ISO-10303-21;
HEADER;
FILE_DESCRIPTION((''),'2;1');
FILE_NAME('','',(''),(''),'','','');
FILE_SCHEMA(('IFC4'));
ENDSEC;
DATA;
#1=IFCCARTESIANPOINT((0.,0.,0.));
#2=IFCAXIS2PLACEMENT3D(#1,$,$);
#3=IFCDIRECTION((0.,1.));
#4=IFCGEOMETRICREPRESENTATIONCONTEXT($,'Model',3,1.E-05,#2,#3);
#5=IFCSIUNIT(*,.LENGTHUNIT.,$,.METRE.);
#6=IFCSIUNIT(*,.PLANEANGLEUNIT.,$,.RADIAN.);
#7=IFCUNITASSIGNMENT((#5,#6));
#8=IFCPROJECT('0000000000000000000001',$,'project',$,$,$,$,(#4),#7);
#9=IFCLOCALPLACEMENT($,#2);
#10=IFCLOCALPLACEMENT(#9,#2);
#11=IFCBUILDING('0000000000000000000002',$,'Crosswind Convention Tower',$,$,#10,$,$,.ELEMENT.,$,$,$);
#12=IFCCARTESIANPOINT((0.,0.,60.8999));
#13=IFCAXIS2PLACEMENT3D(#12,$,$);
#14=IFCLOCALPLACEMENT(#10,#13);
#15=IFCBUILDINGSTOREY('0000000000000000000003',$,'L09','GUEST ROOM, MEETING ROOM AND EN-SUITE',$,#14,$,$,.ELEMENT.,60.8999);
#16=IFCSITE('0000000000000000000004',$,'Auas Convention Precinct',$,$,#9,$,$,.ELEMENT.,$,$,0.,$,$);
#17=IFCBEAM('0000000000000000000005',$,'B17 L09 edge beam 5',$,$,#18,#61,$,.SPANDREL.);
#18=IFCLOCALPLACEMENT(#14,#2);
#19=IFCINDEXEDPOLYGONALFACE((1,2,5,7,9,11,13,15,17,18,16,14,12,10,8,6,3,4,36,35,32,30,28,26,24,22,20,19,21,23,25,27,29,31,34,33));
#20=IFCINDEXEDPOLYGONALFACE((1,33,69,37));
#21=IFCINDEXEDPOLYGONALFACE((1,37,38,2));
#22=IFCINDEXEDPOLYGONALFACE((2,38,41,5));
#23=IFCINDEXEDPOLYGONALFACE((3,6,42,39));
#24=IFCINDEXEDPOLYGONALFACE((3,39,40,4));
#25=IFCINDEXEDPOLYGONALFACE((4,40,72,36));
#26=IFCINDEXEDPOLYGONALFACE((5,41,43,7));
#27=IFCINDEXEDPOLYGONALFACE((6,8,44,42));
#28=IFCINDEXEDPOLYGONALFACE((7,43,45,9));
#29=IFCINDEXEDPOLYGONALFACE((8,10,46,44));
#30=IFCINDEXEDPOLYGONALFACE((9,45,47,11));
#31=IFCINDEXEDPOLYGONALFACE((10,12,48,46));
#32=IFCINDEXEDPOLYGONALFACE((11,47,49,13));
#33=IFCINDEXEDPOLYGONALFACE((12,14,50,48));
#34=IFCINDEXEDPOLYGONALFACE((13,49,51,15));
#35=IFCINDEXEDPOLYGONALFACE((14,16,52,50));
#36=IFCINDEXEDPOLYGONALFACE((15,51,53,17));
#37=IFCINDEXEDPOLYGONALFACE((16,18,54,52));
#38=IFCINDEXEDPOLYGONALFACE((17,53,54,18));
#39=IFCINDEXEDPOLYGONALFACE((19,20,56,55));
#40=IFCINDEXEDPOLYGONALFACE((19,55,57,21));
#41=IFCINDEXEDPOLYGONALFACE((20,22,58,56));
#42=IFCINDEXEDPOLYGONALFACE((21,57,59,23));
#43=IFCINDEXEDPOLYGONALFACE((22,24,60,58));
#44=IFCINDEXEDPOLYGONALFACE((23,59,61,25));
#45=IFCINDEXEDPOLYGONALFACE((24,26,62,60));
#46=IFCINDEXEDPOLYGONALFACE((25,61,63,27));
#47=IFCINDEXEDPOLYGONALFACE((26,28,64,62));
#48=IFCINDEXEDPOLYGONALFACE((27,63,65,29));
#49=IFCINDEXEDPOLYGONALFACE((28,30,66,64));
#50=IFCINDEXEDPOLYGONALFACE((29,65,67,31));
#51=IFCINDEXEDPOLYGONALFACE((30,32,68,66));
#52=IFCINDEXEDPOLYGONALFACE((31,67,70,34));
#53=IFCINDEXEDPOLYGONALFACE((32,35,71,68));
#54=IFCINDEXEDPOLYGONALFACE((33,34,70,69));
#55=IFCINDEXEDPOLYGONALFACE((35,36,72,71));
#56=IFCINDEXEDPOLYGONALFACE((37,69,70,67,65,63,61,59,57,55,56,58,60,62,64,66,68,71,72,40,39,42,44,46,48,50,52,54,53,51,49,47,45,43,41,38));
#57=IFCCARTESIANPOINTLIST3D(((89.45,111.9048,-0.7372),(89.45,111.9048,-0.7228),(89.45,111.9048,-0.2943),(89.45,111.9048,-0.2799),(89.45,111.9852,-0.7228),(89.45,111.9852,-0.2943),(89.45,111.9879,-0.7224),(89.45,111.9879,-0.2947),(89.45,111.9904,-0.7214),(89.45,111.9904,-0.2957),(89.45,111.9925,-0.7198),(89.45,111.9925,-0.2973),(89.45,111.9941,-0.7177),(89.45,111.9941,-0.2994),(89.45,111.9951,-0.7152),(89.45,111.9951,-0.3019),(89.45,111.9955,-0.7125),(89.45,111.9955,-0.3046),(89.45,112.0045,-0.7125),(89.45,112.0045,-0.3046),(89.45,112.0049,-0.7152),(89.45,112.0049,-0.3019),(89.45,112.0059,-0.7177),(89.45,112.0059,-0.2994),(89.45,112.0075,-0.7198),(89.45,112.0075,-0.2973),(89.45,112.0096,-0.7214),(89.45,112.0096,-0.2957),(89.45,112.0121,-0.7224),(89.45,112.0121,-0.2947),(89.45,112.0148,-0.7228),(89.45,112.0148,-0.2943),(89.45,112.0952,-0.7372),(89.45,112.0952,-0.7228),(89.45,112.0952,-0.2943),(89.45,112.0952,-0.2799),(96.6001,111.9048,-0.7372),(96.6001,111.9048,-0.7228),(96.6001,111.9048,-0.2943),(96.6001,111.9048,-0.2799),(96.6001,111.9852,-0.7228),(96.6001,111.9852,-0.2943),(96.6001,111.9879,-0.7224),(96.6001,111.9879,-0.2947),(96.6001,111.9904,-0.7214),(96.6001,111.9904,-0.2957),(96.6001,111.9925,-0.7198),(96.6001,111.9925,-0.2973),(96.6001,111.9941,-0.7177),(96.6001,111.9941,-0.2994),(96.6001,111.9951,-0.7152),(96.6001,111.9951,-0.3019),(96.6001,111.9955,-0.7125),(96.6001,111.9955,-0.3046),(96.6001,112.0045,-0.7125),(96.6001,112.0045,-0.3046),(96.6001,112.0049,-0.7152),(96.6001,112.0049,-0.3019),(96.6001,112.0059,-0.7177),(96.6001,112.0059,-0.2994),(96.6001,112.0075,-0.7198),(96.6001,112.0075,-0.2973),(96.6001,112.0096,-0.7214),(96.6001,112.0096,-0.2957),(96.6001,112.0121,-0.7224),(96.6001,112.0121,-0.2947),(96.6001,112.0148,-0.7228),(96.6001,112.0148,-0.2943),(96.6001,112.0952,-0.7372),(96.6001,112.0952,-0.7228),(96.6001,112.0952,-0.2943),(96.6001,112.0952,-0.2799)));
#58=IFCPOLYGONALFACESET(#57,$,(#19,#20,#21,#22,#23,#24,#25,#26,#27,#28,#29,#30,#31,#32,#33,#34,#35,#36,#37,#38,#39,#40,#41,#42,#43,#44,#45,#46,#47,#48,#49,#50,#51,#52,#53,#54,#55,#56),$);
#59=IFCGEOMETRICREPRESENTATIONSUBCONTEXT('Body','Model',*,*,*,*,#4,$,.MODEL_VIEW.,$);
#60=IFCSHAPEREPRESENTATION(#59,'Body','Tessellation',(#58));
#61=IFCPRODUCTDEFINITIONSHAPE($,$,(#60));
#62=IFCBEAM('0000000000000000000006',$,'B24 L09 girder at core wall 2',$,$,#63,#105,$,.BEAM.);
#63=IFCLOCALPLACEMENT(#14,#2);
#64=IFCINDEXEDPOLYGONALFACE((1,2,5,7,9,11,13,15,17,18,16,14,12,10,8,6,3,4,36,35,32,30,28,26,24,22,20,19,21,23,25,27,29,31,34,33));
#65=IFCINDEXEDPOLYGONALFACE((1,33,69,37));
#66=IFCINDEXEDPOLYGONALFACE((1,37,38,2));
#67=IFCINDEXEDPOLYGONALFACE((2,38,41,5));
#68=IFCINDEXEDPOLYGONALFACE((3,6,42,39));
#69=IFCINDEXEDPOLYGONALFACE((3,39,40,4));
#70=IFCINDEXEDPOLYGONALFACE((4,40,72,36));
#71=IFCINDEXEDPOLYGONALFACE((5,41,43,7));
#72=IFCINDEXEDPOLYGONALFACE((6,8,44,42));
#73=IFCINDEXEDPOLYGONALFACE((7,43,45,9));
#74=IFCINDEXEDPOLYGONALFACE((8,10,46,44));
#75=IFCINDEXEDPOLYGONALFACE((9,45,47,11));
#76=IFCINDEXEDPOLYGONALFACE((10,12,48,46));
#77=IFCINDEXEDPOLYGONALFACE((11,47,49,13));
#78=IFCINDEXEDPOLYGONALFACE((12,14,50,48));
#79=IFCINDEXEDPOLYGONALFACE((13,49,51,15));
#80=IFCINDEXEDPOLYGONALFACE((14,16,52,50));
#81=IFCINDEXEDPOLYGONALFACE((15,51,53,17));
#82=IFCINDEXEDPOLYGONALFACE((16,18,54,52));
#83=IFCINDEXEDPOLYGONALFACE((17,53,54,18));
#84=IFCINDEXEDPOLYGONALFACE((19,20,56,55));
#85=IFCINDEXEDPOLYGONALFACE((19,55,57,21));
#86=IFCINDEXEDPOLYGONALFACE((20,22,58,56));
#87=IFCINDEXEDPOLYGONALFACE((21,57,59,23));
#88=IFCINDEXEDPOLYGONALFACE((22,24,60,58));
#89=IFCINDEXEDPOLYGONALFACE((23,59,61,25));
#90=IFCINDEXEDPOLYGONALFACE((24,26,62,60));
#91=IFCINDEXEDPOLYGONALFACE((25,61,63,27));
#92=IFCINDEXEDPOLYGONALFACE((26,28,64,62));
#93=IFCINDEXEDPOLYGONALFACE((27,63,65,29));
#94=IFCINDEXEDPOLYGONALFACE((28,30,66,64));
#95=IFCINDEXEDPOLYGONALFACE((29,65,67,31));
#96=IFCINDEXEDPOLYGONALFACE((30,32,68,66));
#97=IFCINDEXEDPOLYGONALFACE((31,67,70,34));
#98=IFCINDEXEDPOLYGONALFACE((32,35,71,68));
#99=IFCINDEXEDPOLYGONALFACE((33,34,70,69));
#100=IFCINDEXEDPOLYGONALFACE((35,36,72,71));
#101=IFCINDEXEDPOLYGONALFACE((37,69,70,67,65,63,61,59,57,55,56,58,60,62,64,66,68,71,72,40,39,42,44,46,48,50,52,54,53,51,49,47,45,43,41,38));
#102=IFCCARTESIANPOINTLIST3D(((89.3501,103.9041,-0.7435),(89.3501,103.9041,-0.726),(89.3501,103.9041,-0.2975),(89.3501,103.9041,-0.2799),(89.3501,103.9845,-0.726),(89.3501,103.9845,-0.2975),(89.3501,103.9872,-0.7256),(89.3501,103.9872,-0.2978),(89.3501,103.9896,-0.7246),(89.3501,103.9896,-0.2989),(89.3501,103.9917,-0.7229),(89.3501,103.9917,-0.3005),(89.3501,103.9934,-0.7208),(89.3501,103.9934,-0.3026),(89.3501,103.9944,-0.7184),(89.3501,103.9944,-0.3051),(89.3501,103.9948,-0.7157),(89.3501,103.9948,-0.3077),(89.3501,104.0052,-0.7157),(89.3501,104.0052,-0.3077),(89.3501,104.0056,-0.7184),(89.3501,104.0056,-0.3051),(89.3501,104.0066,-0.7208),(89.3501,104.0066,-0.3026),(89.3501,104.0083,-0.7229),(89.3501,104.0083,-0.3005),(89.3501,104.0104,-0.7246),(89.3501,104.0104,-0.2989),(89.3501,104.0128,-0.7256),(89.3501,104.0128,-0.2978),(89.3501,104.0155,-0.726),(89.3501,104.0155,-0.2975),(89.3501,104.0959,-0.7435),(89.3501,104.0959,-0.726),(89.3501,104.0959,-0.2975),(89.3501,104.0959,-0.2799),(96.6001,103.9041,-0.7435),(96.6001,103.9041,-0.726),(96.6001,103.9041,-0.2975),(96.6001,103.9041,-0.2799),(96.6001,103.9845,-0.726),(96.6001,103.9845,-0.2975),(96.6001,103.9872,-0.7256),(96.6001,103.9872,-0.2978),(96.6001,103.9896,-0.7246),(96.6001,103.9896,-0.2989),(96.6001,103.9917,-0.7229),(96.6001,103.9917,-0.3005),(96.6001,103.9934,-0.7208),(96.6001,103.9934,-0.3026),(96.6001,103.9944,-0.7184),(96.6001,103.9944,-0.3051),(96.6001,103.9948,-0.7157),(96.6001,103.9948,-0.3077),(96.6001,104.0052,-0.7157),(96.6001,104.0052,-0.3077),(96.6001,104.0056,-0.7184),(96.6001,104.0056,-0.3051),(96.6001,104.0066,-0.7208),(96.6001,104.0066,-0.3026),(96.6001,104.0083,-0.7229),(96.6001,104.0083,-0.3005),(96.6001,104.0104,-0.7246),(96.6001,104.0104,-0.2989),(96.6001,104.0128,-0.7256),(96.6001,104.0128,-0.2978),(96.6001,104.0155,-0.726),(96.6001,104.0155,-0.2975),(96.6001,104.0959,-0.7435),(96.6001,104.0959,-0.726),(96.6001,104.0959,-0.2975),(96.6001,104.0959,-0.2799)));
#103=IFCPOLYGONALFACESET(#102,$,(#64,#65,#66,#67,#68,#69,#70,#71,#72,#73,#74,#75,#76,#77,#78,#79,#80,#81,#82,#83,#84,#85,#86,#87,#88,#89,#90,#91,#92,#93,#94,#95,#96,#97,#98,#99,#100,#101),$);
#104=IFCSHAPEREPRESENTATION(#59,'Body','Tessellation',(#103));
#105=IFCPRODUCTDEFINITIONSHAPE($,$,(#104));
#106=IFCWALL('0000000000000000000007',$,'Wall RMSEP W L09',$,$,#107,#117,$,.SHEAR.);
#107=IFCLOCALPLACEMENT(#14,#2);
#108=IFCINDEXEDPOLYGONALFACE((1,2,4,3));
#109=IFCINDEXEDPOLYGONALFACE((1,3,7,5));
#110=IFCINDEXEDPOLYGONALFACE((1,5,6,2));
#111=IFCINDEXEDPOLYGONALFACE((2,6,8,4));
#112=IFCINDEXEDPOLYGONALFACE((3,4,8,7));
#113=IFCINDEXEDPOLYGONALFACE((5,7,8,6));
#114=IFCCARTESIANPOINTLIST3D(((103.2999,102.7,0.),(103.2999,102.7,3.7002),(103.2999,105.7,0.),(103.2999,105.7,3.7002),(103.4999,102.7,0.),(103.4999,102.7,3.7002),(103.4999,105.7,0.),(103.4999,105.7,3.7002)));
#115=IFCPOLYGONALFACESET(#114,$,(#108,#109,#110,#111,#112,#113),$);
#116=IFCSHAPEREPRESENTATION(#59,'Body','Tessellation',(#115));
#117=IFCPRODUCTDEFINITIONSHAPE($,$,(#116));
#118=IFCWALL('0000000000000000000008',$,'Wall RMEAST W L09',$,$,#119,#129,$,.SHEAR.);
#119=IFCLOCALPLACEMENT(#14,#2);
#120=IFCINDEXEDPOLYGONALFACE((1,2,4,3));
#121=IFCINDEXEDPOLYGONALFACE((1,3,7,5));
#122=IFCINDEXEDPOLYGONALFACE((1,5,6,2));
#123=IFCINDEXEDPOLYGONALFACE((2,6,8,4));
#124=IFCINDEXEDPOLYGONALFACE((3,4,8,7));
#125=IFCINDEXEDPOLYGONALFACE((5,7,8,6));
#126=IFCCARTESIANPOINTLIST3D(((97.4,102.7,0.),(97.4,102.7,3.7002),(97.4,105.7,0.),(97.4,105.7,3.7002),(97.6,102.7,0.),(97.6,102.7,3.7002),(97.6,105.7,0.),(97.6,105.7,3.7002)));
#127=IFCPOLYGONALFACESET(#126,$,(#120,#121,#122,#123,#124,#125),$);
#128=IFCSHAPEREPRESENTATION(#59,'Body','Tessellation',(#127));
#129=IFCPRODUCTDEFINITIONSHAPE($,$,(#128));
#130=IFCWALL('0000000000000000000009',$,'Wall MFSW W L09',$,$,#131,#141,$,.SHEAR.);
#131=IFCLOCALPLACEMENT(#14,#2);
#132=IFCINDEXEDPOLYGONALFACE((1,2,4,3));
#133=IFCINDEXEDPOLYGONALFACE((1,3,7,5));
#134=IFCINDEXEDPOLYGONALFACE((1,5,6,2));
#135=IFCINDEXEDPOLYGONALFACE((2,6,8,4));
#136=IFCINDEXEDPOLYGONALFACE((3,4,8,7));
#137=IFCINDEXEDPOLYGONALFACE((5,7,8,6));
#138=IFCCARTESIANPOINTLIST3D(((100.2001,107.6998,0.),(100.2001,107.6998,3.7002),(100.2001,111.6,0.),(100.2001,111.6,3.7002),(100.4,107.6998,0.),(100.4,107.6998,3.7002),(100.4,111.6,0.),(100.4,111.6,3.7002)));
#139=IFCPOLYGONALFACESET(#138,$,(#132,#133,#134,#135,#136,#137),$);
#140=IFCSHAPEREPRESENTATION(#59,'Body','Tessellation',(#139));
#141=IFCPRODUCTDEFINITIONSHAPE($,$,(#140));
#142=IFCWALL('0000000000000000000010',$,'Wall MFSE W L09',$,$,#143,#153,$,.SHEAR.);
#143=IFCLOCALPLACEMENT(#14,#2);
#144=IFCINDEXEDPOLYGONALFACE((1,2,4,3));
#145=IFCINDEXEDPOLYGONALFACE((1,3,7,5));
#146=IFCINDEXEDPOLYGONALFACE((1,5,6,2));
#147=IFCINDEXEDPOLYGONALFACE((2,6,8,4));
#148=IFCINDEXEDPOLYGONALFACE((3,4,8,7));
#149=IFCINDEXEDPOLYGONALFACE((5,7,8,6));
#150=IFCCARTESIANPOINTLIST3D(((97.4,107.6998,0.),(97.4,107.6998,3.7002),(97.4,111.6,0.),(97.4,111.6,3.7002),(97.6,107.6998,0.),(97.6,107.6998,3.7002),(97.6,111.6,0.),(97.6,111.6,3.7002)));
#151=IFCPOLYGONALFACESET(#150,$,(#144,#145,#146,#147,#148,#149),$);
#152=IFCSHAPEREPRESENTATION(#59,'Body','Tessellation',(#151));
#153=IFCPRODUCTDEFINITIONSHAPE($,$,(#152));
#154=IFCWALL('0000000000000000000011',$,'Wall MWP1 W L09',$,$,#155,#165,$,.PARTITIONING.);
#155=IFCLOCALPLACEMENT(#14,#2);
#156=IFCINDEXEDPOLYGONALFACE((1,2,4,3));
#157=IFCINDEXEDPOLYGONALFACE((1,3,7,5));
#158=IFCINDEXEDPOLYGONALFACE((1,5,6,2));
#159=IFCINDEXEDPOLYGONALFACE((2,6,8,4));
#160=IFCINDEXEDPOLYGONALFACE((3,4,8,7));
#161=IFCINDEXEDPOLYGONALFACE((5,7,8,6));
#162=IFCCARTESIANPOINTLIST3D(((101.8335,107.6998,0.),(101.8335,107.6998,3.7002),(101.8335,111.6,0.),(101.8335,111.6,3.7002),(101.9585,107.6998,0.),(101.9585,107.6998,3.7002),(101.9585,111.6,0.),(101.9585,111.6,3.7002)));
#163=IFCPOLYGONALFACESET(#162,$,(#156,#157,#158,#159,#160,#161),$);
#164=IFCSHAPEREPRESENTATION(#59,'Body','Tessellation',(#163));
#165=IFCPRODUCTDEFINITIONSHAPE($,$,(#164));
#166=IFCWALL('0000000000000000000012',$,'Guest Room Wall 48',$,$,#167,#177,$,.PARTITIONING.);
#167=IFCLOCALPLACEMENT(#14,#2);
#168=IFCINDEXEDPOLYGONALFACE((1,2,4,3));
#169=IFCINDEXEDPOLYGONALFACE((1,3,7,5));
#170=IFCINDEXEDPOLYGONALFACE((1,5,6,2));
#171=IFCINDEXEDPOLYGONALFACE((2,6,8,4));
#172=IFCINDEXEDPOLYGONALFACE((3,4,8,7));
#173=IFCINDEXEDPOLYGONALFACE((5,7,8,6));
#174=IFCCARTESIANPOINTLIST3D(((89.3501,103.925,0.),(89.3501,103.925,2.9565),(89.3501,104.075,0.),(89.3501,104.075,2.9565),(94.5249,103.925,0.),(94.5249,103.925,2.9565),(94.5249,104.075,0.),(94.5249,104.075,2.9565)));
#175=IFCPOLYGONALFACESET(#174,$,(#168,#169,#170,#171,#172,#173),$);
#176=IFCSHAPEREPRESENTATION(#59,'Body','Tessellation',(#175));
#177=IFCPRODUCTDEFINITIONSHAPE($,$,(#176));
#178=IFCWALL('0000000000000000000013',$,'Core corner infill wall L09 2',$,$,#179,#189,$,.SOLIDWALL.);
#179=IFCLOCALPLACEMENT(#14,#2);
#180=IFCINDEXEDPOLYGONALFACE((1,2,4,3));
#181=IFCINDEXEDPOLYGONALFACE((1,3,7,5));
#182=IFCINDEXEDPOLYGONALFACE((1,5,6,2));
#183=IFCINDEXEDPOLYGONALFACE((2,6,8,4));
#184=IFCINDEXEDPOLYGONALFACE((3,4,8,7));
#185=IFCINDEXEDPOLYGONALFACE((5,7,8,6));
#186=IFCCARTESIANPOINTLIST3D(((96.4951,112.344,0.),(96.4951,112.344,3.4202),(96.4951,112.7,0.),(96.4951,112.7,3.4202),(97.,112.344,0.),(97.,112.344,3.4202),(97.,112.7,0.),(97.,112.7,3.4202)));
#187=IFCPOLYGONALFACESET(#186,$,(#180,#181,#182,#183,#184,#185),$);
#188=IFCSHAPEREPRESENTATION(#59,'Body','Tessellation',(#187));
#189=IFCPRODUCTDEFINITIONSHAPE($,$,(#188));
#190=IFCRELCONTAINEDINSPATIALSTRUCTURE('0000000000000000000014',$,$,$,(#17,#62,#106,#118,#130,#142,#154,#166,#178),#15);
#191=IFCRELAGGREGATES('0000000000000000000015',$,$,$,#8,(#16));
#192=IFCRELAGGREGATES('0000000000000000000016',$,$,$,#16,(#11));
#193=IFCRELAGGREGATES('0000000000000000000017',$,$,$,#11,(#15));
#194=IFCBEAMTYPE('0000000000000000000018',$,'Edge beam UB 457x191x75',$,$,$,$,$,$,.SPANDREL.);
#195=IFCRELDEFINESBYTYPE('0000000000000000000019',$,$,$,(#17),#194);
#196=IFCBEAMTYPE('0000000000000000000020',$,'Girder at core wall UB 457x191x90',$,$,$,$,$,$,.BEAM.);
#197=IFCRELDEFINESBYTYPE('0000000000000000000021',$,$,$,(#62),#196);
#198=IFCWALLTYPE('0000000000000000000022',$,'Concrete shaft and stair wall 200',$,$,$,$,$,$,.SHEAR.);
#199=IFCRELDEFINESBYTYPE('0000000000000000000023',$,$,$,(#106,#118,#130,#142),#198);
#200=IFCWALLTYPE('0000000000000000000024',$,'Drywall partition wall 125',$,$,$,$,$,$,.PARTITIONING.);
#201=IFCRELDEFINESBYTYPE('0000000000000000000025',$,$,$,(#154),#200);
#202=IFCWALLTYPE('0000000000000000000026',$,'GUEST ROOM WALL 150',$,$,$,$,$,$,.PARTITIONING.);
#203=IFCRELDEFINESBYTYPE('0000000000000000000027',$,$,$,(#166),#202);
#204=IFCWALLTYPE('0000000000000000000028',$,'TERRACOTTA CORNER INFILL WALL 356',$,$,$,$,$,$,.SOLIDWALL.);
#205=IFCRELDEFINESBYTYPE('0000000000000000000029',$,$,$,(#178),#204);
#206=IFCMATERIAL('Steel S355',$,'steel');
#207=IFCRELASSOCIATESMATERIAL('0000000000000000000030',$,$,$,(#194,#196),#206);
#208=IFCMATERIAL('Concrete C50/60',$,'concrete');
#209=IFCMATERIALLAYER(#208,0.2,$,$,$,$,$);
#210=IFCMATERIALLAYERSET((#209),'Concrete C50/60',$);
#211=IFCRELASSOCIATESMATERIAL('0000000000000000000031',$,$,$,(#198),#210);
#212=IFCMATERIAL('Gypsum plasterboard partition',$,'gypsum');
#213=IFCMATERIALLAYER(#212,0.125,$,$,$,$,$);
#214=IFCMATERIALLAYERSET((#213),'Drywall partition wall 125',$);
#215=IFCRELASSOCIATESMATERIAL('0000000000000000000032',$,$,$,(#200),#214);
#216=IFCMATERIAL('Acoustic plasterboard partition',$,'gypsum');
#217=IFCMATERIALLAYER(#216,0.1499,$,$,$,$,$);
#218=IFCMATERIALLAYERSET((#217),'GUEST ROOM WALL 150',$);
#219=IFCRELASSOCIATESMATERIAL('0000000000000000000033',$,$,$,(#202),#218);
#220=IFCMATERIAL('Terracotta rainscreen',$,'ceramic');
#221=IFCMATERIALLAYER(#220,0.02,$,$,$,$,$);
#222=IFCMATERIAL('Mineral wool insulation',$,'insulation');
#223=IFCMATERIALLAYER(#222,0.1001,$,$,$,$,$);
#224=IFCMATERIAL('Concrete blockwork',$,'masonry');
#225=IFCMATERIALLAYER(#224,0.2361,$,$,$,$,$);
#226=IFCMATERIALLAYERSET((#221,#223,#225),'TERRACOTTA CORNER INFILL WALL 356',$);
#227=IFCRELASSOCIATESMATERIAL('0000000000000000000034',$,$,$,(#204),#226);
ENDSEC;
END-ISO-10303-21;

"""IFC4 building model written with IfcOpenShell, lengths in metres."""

from ifc_helpers import new_model, si_unit, direction, frame, frame_2d, origin, origin_2d, place, context, subcontext, project, spatial, rectangle, i_section, extrude, material, layer, layer_set, material_profile, profile_set, type_object, element, save


model = new_model("IFC4")

# Units and contexts
model_context = context("Model", 3, precision=1e-05, world=origin(), true_north=direction((0.0, 1.0)))
body_context = subcontext(model_context, "Body", "Model", "MODEL_VIEW")
ifc_project = project(units=[si_unit("LENGTHUNIT", "METRE"), si_unit("PLANEANGLEUNIT", "RADIAN")], contexts=[model_context])

# Site, building, storey
site_placement = place(None, origin())
site = spatial("IfcSite", under=ifc_project, at=site_placement, Name="Auas Convention Precinct", CompositionType="ELEMENT", RefElevation=0.0)
building_placement = place(site_placement, origin())
building = spatial("IfcBuilding", under=site, at=building_placement, Name="Crosswind Convention Tower", CompositionType="ELEMENT")
storey_placement = place(building_placement, frame((0.0, 0.0, 60.8999)))
storey = spatial("IfcBuildingStorey", under=building, at=storey_placement, Name="L09", Description="GUEST ROOM, MEETING ROOM AND EN-SUITE", CompositionType="ELEMENT", Elevation=60.8999)

# Beams
ifc_material_1 = material(Name="Steel S355", Category="steel")
ifc_material_profile_1 = material_profile(ifc_material_1, i_section(OverallWidth=0.1904, OverallDepth=0.4573, WebThickness=0.009, FlangeThickness=0.0144, FilletRadius=0.0103, at=origin_2d()), Name="UB 457x191x75")
ifc_profile_set_1 = profile_set([ifc_material_profile_1], Name="Steel S355")
beam_type_1 = type_object("IfcBeamType", Name="Edge beam UB 457x191x75", PredefinedType="SPANDREL", material=ifc_profile_set_1)
beam_1_placement = place(storey_placement, frame((89.45, 112.0, -0.5085), z_axis=(1.0, 0.0, 0.0), x_axis=(0.0, 1.0, 0.0)))
element("IfcBeam", 1, at=beam_1_placement, inside=storey, type_object=beam_type_1, Name="B17 L09 edge beam 5", PredefinedType="SPANDREL", context=body_context, shape_type="SweptSolid", body=[
    extrude(i_section(OverallWidth=0.1904, OverallDepth=0.4573, WebThickness=0.009, FlangeThickness=0.0144, FilletRadius=0.0103, at=origin_2d()), origin(), (0.0, 0.0, 1.0), 7.1501),
])
ifc_material_profile_2 = material_profile(ifc_material_1, i_section(OverallWidth=0.1919, OverallDepth=0.4636, WebThickness=0.0105, FlangeThickness=0.0176, FilletRadius=0.0103, at=origin_2d()), Name="UB 457x191x90")
ifc_profile_set_2 = profile_set([ifc_material_profile_2], Name="Steel S355")
beam_type_2 = type_object("IfcBeamType", Name="Girder at core wall UB 457x191x90", PredefinedType="BEAM", material=ifc_profile_set_2)
beam_2_placement = place(storey_placement, frame((89.3501, 104.0, -0.5117), z_axis=(1.0, 0.0, 0.0), x_axis=(0.0, 1.0, 0.0)))
element("IfcBeam", 2, at=beam_2_placement, inside=storey, type_object=beam_type_2, Name="B24 L09 girder at core wall 2", PredefinedType="BEAM", context=body_context, shape_type="SweptSolid", body=[
    extrude(i_section(OverallWidth=0.1919, OverallDepth=0.4636, WebThickness=0.0105, FlangeThickness=0.0176, FilletRadius=0.0103, at=origin_2d()), origin(), (0.0, 0.0, 1.0), 7.25),
])

# Walls
ifc_material_2 = material(Name="Concrete C50/60", Category="concrete")
ifc_layer_1 = layer(ifc_material_2, 0.2)
ifc_layer_set_1 = layer_set([ifc_layer_1], Name="Concrete C50/60")
wall_type_1 = type_object("IfcWallType", Name="Concrete shaft and stair wall 200", PredefinedType="SHEAR", material=ifc_layer_set_1)
for number, where, z_axis, x_axis, name in (
    (3, (103.3999, 105.7, 0.0), (0.0, 0.0, 1.0), (0.0, -1.0, 0.0), "Wall RMSEP W L09"),
    (4, (97.5, 105.7, 0.0), (0.0, 0.0, 1.0), (0.0, -1.0, 0.0), "Wall RMEAST W L09"),
):
    element("IfcWall", number, at=place(storey_placement, frame(where, z_axis=z_axis, x_axis=x_axis)), inside=storey, type_object=wall_type_1, Name=name, PredefinedType="SHEAR", context=body_context, shape_type="SweptSolid", body=[
        extrude(rectangle(XDim=3.0, YDim=0.2, at=frame_2d((1.5, 0.0))), origin(), (0.0, 0.0, 1.0), 3.7002),
    ])
for number, where, z_axis, x_axis, name in (
    (5, (100.3, 111.6001, 0.0), (0.0, 0.0, 1.0), (0.0, -1.0, 0.0), "Wall MFSW W L09"),
    (6, (97.5, 111.6001, 0.0), (0.0, 0.0, 1.0), (0.0, -1.0, 0.0), "Wall MFSE W L09"),
):
    element("IfcWall", number, at=place(storey_placement, frame(where, z_axis=z_axis, x_axis=x_axis)), inside=storey, type_object=wall_type_1, Name=name, PredefinedType="SHEAR", context=body_context, shape_type="SweptSolid", body=[
        extrude(rectangle(XDim=3.9001, YDim=0.2, at=frame_2d((1.9502, 0.0))), origin(), (0.0, 0.0, 1.0), 3.7002),
    ])
ifc_material_3 = material(Name="Gypsum plasterboard partition", Category="gypsum")
ifc_layer_2 = layer(ifc_material_3, 0.125)
ifc_layer_set_2 = layer_set([ifc_layer_2], Name="Drywall partition wall 125")
wall_type_2 = type_object("IfcWallType", Name="Drywall partition wall 125", PredefinedType="PARTITIONING", material=ifc_layer_set_2)
wall_1_placement = place(storey_placement, frame((101.896, 111.6001, 0.0), z_axis=(0.0, 0.0, 1.0), x_axis=(0.0, -1.0, 0.0)))
element("IfcWall", 7, at=wall_1_placement, inside=storey, type_object=wall_type_2, Name="Wall MWP1 W L09", PredefinedType="PARTITIONING", context=body_context, shape_type="SweptSolid", body=[
    extrude(rectangle(XDim=3.9001, YDim=0.125, at=frame_2d((1.9502, 0.0))), origin(), (0.0, 0.0, 1.0), 3.7002),
])
ifc_material_4 = material(Name="Acoustic plasterboard partition", Category="gypsum")
ifc_layer_3 = layer(ifc_material_4, 0.1499)
ifc_layer_set_3 = layer_set([ifc_layer_3], Name="GUEST ROOM WALL 150")
wall_type_3 = type_object("IfcWallType", Name="GUEST ROOM WALL 150", PredefinedType="PARTITIONING", material=ifc_layer_set_3)
wall_2_placement = place(storey_placement, frame((89.3501, 104.0, 0.0), z_axis=(0.0, 0.0, 1.0), x_axis=(1.0, 0.0, 0.0)))
element("IfcWall", 8, at=wall_2_placement, inside=storey, type_object=wall_type_3, Name="Guest Room Wall 48", PredefinedType="PARTITIONING", context=body_context, shape_type="SweptSolid", body=[
    extrude(rectangle(XDim=5.1748, YDim=0.1499, at=frame_2d((2.5874, 0.0))), origin(), (0.0, 0.0, 1.0), 2.9565),
])
ifc_material_5 = material(Name="Terracotta rainscreen", Category="ceramic")
ifc_layer_4 = layer(ifc_material_5, 0.02)
ifc_material_6 = material(Name="Mineral wool insulation", Category="insulation")
ifc_layer_5 = layer(ifc_material_6, 0.1001)
ifc_material_7 = material(Name="Concrete blockwork", Category="masonry")
ifc_layer_6 = layer(ifc_material_7, 0.2361)
ifc_layer_set_4 = layer_set([ifc_layer_4, ifc_layer_5, ifc_layer_6], Name="TERRACOTTA CORNER INFILL WALL 356")
wall_type_4 = type_object("IfcWallType", Name="TERRACOTTA CORNER INFILL WALL 356", PredefinedType="SOLIDWALL", material=ifc_layer_set_4)
wall_3_placement = place(storey_placement, frame((96.4951, 112.522, 0.0), z_axis=(0.0, 0.0, 1.0), x_axis=(1.0, 0.0, 0.0)))
element("IfcWall", 9, at=wall_3_placement, inside=storey, type_object=wall_type_4, Name="Core corner infill wall L09 2", PredefinedType="SOLIDWALL", context=body_context, shape_type="SweptSolid", body=[
    extrude(rectangle(XDim=0.5049, YDim=0.356, at=frame_2d((0.2524, 0.0))), origin(), (0.0, 0.0, 1.0), 3.4202),
])

save(model, "model.ifc")
